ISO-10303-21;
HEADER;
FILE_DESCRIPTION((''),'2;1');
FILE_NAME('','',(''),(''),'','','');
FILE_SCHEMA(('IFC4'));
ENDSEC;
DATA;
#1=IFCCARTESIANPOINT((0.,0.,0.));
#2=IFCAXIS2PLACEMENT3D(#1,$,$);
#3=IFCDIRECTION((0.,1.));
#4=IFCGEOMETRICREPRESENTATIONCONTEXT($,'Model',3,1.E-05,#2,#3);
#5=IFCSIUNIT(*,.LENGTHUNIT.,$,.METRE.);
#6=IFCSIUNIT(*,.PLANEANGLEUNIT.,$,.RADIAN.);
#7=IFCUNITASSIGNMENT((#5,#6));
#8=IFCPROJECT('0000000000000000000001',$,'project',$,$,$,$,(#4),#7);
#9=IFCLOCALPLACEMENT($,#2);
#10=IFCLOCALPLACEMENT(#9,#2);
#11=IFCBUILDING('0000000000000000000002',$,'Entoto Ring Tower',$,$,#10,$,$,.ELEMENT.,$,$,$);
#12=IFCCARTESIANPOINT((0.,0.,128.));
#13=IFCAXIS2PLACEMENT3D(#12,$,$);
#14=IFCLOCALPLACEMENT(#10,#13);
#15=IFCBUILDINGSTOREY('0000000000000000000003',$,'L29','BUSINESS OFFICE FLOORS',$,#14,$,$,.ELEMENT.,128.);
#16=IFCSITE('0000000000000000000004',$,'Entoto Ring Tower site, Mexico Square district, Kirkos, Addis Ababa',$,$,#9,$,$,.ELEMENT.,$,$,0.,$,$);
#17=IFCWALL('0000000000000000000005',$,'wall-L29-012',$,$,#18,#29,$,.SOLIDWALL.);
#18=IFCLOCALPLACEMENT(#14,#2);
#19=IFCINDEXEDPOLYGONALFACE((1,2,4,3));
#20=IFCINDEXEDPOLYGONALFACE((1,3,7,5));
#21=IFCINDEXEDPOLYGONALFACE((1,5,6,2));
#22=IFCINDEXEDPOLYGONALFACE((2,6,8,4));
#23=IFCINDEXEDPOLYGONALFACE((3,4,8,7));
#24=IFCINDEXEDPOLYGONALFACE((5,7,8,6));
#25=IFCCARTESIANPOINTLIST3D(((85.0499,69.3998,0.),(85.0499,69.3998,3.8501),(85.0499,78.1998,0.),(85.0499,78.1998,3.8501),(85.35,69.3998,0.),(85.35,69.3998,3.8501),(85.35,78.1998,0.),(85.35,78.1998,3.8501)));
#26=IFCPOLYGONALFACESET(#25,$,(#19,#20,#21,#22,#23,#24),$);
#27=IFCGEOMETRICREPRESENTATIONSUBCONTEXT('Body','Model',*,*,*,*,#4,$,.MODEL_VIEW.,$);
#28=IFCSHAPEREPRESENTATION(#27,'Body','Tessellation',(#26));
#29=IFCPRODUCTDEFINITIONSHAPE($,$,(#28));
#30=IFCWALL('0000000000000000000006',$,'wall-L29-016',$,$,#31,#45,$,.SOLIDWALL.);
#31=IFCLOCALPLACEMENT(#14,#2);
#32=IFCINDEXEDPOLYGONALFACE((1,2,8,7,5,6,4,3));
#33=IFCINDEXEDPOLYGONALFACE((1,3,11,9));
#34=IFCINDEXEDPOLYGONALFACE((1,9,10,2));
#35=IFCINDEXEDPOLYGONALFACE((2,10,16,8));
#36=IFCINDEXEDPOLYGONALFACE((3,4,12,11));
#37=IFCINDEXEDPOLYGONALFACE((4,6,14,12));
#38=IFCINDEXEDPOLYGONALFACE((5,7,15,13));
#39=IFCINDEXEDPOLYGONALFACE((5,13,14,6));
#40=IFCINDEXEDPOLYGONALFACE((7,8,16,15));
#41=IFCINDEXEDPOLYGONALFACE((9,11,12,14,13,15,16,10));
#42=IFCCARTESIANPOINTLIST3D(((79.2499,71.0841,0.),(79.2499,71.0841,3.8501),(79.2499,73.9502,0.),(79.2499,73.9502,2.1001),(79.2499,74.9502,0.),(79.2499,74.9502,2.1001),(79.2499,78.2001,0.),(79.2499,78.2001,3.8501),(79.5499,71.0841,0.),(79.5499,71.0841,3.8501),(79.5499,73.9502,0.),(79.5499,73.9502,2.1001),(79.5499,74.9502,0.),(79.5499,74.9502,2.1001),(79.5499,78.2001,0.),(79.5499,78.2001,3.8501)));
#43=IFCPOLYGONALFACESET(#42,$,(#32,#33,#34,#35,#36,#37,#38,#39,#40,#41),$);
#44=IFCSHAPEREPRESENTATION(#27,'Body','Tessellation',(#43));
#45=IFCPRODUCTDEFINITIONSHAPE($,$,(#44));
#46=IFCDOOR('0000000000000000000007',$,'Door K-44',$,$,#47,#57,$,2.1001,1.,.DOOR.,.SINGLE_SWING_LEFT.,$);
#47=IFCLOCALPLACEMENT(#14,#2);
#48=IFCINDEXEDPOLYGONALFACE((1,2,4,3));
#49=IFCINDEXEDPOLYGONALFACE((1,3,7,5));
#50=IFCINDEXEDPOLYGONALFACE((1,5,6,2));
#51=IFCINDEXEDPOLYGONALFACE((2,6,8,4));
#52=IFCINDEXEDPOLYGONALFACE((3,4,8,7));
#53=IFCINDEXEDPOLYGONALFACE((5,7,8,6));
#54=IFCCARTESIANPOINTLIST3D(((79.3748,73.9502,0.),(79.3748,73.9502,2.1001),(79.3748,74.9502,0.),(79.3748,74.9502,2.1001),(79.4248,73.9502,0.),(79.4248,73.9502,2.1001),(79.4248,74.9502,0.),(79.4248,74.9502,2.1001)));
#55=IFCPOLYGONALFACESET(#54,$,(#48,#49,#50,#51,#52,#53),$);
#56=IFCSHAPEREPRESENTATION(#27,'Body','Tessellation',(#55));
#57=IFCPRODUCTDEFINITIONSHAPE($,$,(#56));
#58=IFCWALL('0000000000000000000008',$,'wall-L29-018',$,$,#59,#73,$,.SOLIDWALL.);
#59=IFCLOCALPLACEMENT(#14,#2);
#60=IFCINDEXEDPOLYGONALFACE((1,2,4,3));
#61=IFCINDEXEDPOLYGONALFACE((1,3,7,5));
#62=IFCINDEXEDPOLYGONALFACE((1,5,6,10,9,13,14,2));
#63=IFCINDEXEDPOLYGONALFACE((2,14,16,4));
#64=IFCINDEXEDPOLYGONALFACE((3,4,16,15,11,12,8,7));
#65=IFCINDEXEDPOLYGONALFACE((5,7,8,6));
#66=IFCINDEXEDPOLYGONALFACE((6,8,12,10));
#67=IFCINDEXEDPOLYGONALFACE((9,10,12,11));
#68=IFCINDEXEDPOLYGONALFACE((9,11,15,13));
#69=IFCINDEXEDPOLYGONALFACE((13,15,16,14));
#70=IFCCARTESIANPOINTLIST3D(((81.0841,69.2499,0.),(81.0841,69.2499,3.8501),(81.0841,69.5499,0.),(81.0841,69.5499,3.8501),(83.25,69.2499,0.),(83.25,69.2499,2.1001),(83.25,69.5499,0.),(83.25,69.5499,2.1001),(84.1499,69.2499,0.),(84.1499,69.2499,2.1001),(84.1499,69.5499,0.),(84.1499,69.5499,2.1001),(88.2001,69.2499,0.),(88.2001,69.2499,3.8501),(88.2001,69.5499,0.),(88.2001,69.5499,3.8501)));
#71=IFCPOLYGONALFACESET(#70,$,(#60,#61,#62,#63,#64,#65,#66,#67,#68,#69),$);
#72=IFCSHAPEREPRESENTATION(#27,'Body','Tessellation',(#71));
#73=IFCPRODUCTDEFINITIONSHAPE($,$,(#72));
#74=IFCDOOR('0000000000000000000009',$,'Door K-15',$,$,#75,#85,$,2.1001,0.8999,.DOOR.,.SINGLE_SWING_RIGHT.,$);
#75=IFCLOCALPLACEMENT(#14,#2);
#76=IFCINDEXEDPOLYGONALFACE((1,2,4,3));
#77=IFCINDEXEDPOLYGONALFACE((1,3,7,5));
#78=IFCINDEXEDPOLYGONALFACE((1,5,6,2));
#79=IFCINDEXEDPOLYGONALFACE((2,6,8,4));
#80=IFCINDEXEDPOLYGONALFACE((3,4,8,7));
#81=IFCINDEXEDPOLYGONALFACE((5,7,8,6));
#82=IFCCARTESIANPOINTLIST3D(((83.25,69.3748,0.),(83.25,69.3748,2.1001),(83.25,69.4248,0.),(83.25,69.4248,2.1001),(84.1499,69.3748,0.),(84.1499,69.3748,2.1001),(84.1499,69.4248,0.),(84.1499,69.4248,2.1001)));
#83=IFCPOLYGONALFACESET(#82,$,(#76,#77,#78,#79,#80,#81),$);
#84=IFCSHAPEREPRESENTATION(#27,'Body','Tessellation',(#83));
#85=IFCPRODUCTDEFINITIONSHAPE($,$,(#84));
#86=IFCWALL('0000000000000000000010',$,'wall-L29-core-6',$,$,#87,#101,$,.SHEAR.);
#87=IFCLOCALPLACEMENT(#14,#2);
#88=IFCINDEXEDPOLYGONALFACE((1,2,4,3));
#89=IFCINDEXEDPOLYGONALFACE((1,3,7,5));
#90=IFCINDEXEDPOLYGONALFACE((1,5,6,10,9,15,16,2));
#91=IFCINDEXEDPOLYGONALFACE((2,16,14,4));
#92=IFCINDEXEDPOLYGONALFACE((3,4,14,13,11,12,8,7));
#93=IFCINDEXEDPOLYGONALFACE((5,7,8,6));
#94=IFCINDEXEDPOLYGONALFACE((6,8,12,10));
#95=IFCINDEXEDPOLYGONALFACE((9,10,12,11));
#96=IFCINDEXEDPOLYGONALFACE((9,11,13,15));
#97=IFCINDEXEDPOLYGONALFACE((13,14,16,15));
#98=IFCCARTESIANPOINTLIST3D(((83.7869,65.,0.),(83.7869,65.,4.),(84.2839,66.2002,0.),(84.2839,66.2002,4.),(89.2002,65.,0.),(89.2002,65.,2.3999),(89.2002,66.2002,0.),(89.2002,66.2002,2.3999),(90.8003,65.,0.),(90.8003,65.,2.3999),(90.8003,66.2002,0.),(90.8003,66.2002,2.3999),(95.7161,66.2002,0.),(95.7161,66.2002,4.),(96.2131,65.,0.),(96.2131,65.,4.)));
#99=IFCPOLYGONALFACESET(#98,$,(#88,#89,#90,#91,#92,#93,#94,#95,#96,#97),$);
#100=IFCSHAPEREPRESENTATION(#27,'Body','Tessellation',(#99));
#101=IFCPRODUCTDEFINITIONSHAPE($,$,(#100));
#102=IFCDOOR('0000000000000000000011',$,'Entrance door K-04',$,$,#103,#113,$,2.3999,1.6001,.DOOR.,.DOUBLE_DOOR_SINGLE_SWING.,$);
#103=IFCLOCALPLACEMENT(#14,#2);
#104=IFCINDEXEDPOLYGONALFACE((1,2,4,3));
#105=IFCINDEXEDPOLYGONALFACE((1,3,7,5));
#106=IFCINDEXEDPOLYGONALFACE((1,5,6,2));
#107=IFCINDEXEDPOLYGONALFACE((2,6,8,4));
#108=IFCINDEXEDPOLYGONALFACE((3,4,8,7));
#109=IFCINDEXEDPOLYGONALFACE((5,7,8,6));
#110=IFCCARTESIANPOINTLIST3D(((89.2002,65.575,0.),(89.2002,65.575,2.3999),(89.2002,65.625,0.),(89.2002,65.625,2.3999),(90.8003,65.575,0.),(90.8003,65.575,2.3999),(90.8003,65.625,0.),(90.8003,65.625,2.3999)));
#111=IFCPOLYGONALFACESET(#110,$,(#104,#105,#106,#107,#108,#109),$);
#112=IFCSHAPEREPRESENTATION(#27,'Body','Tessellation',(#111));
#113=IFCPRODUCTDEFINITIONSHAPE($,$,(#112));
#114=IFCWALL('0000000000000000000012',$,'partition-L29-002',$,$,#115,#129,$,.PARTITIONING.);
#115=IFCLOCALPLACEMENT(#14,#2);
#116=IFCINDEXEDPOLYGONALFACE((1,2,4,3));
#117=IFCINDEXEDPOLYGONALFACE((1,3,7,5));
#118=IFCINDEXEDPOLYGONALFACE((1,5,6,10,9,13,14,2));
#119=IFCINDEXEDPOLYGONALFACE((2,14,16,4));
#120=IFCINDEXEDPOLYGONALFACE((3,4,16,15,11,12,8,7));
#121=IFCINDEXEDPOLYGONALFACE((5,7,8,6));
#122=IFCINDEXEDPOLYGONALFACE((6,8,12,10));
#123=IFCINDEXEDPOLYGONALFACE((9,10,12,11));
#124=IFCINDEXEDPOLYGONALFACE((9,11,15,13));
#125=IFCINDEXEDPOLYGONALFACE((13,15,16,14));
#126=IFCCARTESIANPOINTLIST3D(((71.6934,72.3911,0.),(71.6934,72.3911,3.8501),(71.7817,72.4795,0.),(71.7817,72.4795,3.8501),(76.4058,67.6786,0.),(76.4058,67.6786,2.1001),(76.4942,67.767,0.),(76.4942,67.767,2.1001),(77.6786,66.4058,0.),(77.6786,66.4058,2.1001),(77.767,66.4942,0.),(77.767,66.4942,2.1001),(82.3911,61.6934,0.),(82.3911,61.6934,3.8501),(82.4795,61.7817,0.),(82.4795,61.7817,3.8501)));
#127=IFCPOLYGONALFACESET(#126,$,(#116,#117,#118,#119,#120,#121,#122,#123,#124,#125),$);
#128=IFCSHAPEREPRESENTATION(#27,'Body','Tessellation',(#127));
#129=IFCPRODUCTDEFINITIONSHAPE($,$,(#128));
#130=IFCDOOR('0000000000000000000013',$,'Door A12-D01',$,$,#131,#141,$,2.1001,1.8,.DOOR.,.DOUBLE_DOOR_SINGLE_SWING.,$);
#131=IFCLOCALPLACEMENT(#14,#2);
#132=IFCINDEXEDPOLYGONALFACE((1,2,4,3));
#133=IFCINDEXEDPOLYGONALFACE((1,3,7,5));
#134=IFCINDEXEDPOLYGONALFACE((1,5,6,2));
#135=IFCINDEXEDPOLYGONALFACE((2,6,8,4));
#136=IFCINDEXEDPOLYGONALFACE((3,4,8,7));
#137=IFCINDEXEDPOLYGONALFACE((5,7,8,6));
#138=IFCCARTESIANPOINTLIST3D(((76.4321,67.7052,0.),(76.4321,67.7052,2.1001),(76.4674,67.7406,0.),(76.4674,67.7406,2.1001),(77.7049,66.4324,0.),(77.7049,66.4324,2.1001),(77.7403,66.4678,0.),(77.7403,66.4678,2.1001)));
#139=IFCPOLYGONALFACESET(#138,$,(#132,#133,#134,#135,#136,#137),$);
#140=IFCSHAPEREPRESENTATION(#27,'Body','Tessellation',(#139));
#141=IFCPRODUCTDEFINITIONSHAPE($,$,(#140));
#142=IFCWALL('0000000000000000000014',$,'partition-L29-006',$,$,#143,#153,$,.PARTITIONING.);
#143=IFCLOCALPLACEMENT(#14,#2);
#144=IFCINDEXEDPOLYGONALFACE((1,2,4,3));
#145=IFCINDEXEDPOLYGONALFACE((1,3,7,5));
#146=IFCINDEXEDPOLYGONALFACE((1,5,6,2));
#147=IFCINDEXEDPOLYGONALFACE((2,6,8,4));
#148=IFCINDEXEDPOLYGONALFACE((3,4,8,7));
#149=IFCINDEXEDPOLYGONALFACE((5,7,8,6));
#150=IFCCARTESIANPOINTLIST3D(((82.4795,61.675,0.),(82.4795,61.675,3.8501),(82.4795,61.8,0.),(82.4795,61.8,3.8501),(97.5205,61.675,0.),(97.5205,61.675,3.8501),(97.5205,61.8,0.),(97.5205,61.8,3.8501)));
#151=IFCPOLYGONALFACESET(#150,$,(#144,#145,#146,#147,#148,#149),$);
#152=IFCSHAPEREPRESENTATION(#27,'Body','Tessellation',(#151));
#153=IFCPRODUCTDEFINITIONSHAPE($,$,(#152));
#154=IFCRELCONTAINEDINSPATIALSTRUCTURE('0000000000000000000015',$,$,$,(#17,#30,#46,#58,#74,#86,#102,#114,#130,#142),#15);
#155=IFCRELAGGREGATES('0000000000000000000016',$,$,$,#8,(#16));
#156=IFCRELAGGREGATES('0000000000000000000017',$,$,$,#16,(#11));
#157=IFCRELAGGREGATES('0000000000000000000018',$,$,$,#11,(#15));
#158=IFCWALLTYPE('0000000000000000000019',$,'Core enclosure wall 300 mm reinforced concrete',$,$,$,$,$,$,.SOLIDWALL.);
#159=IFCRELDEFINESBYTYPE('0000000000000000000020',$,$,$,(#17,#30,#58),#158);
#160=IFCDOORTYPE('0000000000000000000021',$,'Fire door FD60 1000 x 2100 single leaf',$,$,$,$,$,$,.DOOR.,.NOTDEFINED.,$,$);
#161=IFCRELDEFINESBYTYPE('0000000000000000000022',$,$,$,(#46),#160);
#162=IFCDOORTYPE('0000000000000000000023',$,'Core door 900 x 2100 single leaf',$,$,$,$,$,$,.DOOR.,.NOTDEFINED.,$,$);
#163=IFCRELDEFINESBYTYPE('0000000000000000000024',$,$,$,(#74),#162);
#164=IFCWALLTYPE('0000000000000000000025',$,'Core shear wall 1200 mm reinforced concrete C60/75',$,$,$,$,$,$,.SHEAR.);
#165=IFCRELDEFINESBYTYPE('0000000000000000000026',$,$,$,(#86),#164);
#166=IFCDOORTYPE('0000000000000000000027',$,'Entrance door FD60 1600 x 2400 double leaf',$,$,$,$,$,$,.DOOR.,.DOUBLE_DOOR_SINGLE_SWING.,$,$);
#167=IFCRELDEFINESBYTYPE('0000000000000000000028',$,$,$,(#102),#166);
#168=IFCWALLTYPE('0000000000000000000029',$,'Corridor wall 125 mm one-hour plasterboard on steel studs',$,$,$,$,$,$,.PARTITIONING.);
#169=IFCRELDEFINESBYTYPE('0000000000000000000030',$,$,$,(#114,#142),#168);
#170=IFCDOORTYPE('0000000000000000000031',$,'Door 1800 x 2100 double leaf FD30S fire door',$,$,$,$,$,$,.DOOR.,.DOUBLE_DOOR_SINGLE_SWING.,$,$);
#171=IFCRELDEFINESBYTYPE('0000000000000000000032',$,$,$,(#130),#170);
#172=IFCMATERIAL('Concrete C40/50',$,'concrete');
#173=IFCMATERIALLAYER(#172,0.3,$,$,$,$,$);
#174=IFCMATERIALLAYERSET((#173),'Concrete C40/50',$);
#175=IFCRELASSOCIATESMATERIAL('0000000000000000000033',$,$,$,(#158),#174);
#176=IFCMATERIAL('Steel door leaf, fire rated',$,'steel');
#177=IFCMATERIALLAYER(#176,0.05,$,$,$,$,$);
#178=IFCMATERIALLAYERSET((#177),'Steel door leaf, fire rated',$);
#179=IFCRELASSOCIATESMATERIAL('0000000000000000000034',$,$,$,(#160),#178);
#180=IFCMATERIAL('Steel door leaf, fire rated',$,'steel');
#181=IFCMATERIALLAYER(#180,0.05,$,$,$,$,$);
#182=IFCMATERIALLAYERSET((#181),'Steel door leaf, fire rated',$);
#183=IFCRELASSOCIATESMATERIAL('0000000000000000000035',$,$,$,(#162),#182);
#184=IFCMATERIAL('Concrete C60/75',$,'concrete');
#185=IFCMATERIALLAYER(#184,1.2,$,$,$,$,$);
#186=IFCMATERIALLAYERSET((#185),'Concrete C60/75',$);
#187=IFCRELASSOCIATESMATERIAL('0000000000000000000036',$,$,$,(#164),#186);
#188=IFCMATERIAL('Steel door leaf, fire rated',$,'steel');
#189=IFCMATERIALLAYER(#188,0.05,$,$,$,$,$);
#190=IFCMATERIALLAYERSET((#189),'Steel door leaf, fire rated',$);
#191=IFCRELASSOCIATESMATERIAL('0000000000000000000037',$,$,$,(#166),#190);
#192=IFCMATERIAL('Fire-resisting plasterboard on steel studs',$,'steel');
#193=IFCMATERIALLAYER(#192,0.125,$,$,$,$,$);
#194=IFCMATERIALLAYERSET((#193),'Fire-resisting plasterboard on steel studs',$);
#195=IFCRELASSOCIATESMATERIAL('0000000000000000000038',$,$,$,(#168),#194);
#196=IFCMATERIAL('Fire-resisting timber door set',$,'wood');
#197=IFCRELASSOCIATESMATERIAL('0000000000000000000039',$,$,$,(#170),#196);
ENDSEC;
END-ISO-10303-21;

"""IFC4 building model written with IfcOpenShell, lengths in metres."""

from ifc_helpers import new_model, si_unit, direction, frame, frame_2d, origin, place, context, subcontext, project, spatial, polyline, rectangle, outline, extrude, material, layer, layer_set, type_object, element, fill, save


model = new_model("IFC4")

# Units and contexts
model_context = context("Model", 3, precision=1e-05, world=origin(), true_north=direction((0.0, 1.0)))
body_context = subcontext(model_context, "Body", "Model", "MODEL_VIEW")
ifc_project = project(units=[si_unit("LENGTHUNIT", "METRE"), si_unit("PLANEANGLEUNIT", "RADIAN")], contexts=[model_context])

# Site, building, storey
site_placement = place(None, origin())
site = spatial("IfcSite", under=ifc_project, at=site_placement, Name="Entoto Ring Tower site, Mexico Square district, Kirkos, Addis Ababa", CompositionType="ELEMENT", RefElevation=0.0)
building_placement = place(site_placement, origin())
building = spatial("IfcBuilding", under=site, at=building_placement, Name="Entoto Ring Tower", CompositionType="ELEMENT")
storey_placement = place(building_placement, frame((0.0, 0.0, 128.0)))
storey = spatial("IfcBuildingStorey", under=building, at=storey_placement, Name="L29", Description="BUSINESS OFFICE FLOORS", CompositionType="ELEMENT", Elevation=128.0)

# Wall
ifc_material_1 = material(Name="Concrete C40/50", Category="concrete")
ifc_layer_1 = layer(ifc_material_1, 0.3)
ifc_layer_set_1 = layer_set([ifc_layer_1], Name="Concrete C40/50")
wall_type_1 = type_object("IfcWallType", Name="Core enclosure wall 300 mm reinforced concrete", PredefinedType="SOLIDWALL", material=ifc_layer_set_1)
wall_1_placement = place(storey_placement, frame((85.2, 69.3999, 0.0), z_axis=(0.0, 0.0, 1.0), x_axis=(0.0, 1.0, 0.0)))
element("IfcWall", 1, at=wall_1_placement, inside=storey, type_object=wall_type_1, Name="wall-L29-012", PredefinedType="SOLIDWALL", context=body_context, shape_type="SweptSolid", body=[
    extrude(rectangle(XDim=8.8, YDim=0.3, at=frame_2d((4.3999, 0.0))), origin(), (0.0, 0.0, 1.0), 3.8501),
])

# Walls, openings, doors
wall_2_placement = place(storey_placement, frame((79.3999, 71.084, 0.0), z_axis=(0.0, 0.0, 1.0), x_axis=(0.0, 1.0, 0.0)))
wall_2 = element("IfcWall", 2, at=wall_2_placement, inside=storey, type_object=wall_type_1, Name="wall-L29-016", PredefinedType="SOLIDWALL", context=body_context, shape_type="SweptSolid", body=[
    extrude(rectangle(XDim=7.116, YDim=0.3, at=frame_2d((3.5581, 0.0))), origin(), (0.0, 0.0, 1.0), 3.8501),
])
opening_1_placement = place(wall_2_placement, frame((2.8662, 0.0, 0.0)))
opening_1 = element("IfcOpeningElement", 3, at=opening_1_placement, cuts=wall_2, PredefinedType="OPENING", context=body_context, shape_type="SweptSolid", body=[
    extrude(rectangle(XDim=1.0, YDim=2.1001, at=frame_2d((0.5, 1.05))), frame((0.0, 0.1602, 0.0), z_axis=(0.0, -1.0, 0.0), x_axis=(1.0, 0.0, 0.0)), (0.0, 0.0, 1.0), 0.3201),
])
ifc_material_2 = material(Name="Steel door leaf, fire rated", Category="steel")
ifc_layer_2 = layer(ifc_material_2, 0.05)
ifc_layer_set_2 = layer_set([ifc_layer_2], Name="Steel door leaf, fire rated")
door_type_1 = type_object("IfcDoorType", Name="Fire door FD60 1000 x 2100 single leaf", OperationType="NOTDEFINED", PredefinedType="DOOR", material=ifc_layer_set_2)
door_1_placement = place(opening_1_placement, frame((1.0, 0.0, 0.0), z_axis=(0.0, 0.0, 1.0), x_axis=(-1.0, 0.0, 0.0)))
door_1 = element("IfcDoor", 4, at=door_1_placement, inside=storey, type_object=door_type_1, Name="Door K-44", OperationType="SINGLE_SWING_LEFT", OverallHeight=2.1001, OverallWidth=1.0, PredefinedType="DOOR", context=body_context, shape_type="SweptSolid", body=[
    extrude(rectangle(XDim=1.0, YDim=2.1001, at=frame_2d((0.5, 1.05))), frame((0.0, 0.0249, 0.0), z_axis=(0.0, -1.0, 0.0), x_axis=(1.0, 0.0, 0.0)), (0.0, 0.0, 1.0), 0.05),
])
fill(opening_1, door_1)
wall_3_placement = place(storey_placement, frame((81.084, 69.3999, 0.0), z_axis=(0.0, 0.0, 1.0), x_axis=(1.0, 0.0, 0.0)))
wall_3 = element("IfcWall", 5, at=wall_3_placement, inside=storey, type_object=wall_type_1, Name="wall-L29-018", PredefinedType="SOLIDWALL", context=body_context, shape_type="SweptSolid", body=[
    extrude(rectangle(XDim=7.116, YDim=0.3, at=frame_2d((3.5581, 0.0))), origin(), (0.0, 0.0, 1.0), 3.8501),
])
opening_2_placement = place(wall_3_placement, frame((2.166, 0.0, 0.0)))
opening_2 = element("IfcOpeningElement", 6, at=opening_2_placement, cuts=wall_3, PredefinedType="OPENING", context=body_context, shape_type="SweptSolid", body=[
    extrude(rectangle(XDim=0.8999, YDim=2.1001, at=frame_2d((0.45, 1.05))), frame((0.0, 0.1602, 0.0), z_axis=(0.0, -1.0, 0.0), x_axis=(1.0, 0.0, 0.0)), (0.0, 0.0, 1.0), 0.3201),
])
ifc_material_3 = material(Name="Steel door leaf, fire rated", Category="steel")
ifc_layer_3 = layer(ifc_material_3, 0.05)
ifc_layer_set_3 = layer_set([ifc_layer_3], Name="Steel door leaf, fire rated")
door_type_2 = type_object("IfcDoorType", Name="Core door 900 x 2100 single leaf", OperationType="NOTDEFINED", PredefinedType="DOOR", material=ifc_layer_set_3)
door_2_placement = place(opening_2_placement, origin())
door_2 = element("IfcDoor", 7, at=door_2_placement, inside=storey, type_object=door_type_2, Name="Door K-15", OperationType="SINGLE_SWING_RIGHT", OverallHeight=2.1001, OverallWidth=0.8999, PredefinedType="DOOR", context=body_context, shape_type="SweptSolid", body=[
    extrude(rectangle(XDim=0.8999, YDim=2.1001, at=frame_2d((0.45, 1.05))), frame((0.0, 0.0249, 0.0), z_axis=(0.0, -1.0, 0.0), x_axis=(1.0, 0.0, 0.0)), (0.0, 0.0, 1.0), 0.05),
])
fill(opening_2, door_2)
ifc_material_4 = material(Name="Concrete C60/75", Category="concrete")
ifc_layer_4 = layer(ifc_material_4, 1.2)
ifc_layer_set_4 = layer_set([ifc_layer_4], Name="Concrete C60/75")
wall_type_2 = type_object("IfcWallType", Name="Core shear wall 1200 mm reinforced concrete C60/75", PredefinedType="SHEAR", material=ifc_layer_set_4)
wall_4_placement = place(storey_placement, frame((84.0354, 65.6001, 0.0), z_axis=(0.0, 0.0, 1.0), x_axis=(1.0, 0.0, 0.0)))
wall_4 = element("IfcWall", 8, at=wall_4_placement, inside=storey, type_object=wall_type_2, Name="wall-L29-core-6", PredefinedType="SHEAR", context=body_context, shape_type="SweptSolid", body=[
    extrude(outline(polyline([(-0.2485, -0.6001), (12.1777, -0.6001), (11.6807, 0.6001), (0.2485, 0.6001), (-0.2485, -0.6001)])), origin(), (0.0, 0.0, 1.0), 4.0),
])
opening_3_placement = place(wall_4_placement, frame((5.1648, 0.0, 0.0)))
opening_3 = element("IfcOpeningElement", 9, at=opening_3_placement, cuts=wall_4, PredefinedType="OPENING", context=body_context, shape_type="SweptSolid", body=[
    extrude(rectangle(XDim=1.6001, YDim=2.3999, at=frame_2d((0.8, 1.2))), frame((0.0, 0.6099, 0.0), z_axis=(0.0, -1.0, 0.0), x_axis=(1.0, 0.0, 0.0)), (0.0, 0.0, 1.0), 1.22),
])
ifc_material_5 = material(Name="Steel door leaf, fire rated", Category="steel")
ifc_layer_5 = layer(ifc_material_5, 0.05)
ifc_layer_set_5 = layer_set([ifc_layer_5], Name="Steel door leaf, fire rated")
door_type_3 = type_object("IfcDoorType", Name="Entrance door FD60 1600 x 2400 double leaf", OperationType="DOUBLE_DOOR_SINGLE_SWING", PredefinedType="DOOR", material=ifc_layer_set_5)
door_3_placement = place(opening_3_placement, origin())
door_3 = element("IfcDoor", 10, at=door_3_placement, inside=storey, type_object=door_type_3, Name="Entrance door K-04", OperationType="DOUBLE_DOOR_SINGLE_SWING", OverallHeight=2.3999, OverallWidth=1.6001, PredefinedType="DOOR", context=body_context, shape_type="SweptSolid", body=[
    extrude(rectangle(XDim=1.6001, YDim=2.3999, at=frame_2d((0.8, 1.2))), frame((0.0, 0.0249, 0.0), z_axis=(0.0, -1.0, 0.0), x_axis=(1.0, 0.0, 0.0)), (0.0, 0.0, 1.0), 0.05),
])
fill(opening_3, door_3)
ifc_material_6 = material(Name="Fire-resisting plasterboard on steel studs", Category="steel")
ifc_layer_6 = layer(ifc_material_6, 0.125)
ifc_layer_set_6 = layer_set([ifc_layer_6], Name="Fire-resisting plasterboard on steel studs")
wall_type_3 = type_object("IfcWallType", Name="Corridor wall 125 mm one-hour plasterboard on steel studs", PredefinedType="PARTITIONING", material=ifc_layer_set_6)
wall_5_placement = place(storey_placement, frame((82.4353, 61.7375, 0.0), z_axis=(0.0, 0.0, 1.0), x_axis=(-0.707107, 0.707107, 0.0)))
wall_5 = element("IfcWall", 11, at=wall_5_placement, inside=storey, type_object=wall_type_3, Name="partition-L29-002", PredefinedType="PARTITIONING", context=body_context, shape_type="SweptSolid", body=[
    extrude(rectangle(XDim=15.1289, YDim=0.125, at=frame_2d((7.5645, 0.0))), origin(), (0.0, 0.0, 1.0), 3.8501),
])
opening_4_placement = place(wall_5_placement, frame((6.6646, 0.0, 0.0)))
opening_4 = element("IfcOpeningElement", 12, at=opening_4_placement, cuts=wall_5, PredefinedType="OPENING", context=body_context, shape_type="SweptSolid", body=[
    extrude(rectangle(XDim=1.8, YDim=2.1001, at=frame_2d((0.8999, 1.05))), frame((0.0, 0.0725, 0.0), z_axis=(0.0, -1.0, 0.0), x_axis=(1.0, 0.0, 0.0)), (0.0, 0.0, 1.0), 0.145),
])
ifc_material_7 = material(Name="Fire-resisting timber door set", Category="wood")
door_type_4 = type_object("IfcDoorType", Name="Door 1800 x 2100 double leaf FD30S fire door", OperationType="DOUBLE_DOOR_SINGLE_SWING", PredefinedType="DOOR", material=ifc_material_7)
door_4_placement = place(opening_4_placement, frame((1.8, 0.0, 0.0), z_axis=(0.0, 0.0, 1.0), x_axis=(-1.0, 0.0, 0.0)))
door_4 = element("IfcDoor", 13, at=door_4_placement, inside=storey, type_object=door_type_4, Name="Door A12-D01", OperationType="DOUBLE_DOOR_SINGLE_SWING", OverallHeight=2.1001, OverallWidth=1.8, PredefinedType="DOOR", context=body_context, shape_type="SweptSolid", body=[
    extrude(rectangle(XDim=1.8, YDim=2.1001, at=frame_2d((0.8999, 1.05))), frame((0.0, 0.0249, 0.0), z_axis=(0.0, -1.0, 0.0), x_axis=(1.0, 0.0, 0.0)), (0.0, 0.0, 1.0), 0.05),
])
fill(opening_4, door_4)

# Wall
wall_6_placement = place(storey_placement, frame((82.4795, 61.7375, 0.0), z_axis=(0.0, 0.0, 1.0), x_axis=(1.0, 0.0, 0.0)))
element("IfcWall", 14, at=wall_6_placement, inside=storey, type_object=wall_type_3, Name="partition-L29-006", PredefinedType="PARTITIONING", context=body_context, shape_type="SweptSolid", body=[
    extrude(rectangle(XDim=15.041, YDim=0.125, at=frame_2d((7.5205, 0.0))), origin(), (0.0, 0.0, 1.0), 3.8501),
])

save(model, "model.ifc")
